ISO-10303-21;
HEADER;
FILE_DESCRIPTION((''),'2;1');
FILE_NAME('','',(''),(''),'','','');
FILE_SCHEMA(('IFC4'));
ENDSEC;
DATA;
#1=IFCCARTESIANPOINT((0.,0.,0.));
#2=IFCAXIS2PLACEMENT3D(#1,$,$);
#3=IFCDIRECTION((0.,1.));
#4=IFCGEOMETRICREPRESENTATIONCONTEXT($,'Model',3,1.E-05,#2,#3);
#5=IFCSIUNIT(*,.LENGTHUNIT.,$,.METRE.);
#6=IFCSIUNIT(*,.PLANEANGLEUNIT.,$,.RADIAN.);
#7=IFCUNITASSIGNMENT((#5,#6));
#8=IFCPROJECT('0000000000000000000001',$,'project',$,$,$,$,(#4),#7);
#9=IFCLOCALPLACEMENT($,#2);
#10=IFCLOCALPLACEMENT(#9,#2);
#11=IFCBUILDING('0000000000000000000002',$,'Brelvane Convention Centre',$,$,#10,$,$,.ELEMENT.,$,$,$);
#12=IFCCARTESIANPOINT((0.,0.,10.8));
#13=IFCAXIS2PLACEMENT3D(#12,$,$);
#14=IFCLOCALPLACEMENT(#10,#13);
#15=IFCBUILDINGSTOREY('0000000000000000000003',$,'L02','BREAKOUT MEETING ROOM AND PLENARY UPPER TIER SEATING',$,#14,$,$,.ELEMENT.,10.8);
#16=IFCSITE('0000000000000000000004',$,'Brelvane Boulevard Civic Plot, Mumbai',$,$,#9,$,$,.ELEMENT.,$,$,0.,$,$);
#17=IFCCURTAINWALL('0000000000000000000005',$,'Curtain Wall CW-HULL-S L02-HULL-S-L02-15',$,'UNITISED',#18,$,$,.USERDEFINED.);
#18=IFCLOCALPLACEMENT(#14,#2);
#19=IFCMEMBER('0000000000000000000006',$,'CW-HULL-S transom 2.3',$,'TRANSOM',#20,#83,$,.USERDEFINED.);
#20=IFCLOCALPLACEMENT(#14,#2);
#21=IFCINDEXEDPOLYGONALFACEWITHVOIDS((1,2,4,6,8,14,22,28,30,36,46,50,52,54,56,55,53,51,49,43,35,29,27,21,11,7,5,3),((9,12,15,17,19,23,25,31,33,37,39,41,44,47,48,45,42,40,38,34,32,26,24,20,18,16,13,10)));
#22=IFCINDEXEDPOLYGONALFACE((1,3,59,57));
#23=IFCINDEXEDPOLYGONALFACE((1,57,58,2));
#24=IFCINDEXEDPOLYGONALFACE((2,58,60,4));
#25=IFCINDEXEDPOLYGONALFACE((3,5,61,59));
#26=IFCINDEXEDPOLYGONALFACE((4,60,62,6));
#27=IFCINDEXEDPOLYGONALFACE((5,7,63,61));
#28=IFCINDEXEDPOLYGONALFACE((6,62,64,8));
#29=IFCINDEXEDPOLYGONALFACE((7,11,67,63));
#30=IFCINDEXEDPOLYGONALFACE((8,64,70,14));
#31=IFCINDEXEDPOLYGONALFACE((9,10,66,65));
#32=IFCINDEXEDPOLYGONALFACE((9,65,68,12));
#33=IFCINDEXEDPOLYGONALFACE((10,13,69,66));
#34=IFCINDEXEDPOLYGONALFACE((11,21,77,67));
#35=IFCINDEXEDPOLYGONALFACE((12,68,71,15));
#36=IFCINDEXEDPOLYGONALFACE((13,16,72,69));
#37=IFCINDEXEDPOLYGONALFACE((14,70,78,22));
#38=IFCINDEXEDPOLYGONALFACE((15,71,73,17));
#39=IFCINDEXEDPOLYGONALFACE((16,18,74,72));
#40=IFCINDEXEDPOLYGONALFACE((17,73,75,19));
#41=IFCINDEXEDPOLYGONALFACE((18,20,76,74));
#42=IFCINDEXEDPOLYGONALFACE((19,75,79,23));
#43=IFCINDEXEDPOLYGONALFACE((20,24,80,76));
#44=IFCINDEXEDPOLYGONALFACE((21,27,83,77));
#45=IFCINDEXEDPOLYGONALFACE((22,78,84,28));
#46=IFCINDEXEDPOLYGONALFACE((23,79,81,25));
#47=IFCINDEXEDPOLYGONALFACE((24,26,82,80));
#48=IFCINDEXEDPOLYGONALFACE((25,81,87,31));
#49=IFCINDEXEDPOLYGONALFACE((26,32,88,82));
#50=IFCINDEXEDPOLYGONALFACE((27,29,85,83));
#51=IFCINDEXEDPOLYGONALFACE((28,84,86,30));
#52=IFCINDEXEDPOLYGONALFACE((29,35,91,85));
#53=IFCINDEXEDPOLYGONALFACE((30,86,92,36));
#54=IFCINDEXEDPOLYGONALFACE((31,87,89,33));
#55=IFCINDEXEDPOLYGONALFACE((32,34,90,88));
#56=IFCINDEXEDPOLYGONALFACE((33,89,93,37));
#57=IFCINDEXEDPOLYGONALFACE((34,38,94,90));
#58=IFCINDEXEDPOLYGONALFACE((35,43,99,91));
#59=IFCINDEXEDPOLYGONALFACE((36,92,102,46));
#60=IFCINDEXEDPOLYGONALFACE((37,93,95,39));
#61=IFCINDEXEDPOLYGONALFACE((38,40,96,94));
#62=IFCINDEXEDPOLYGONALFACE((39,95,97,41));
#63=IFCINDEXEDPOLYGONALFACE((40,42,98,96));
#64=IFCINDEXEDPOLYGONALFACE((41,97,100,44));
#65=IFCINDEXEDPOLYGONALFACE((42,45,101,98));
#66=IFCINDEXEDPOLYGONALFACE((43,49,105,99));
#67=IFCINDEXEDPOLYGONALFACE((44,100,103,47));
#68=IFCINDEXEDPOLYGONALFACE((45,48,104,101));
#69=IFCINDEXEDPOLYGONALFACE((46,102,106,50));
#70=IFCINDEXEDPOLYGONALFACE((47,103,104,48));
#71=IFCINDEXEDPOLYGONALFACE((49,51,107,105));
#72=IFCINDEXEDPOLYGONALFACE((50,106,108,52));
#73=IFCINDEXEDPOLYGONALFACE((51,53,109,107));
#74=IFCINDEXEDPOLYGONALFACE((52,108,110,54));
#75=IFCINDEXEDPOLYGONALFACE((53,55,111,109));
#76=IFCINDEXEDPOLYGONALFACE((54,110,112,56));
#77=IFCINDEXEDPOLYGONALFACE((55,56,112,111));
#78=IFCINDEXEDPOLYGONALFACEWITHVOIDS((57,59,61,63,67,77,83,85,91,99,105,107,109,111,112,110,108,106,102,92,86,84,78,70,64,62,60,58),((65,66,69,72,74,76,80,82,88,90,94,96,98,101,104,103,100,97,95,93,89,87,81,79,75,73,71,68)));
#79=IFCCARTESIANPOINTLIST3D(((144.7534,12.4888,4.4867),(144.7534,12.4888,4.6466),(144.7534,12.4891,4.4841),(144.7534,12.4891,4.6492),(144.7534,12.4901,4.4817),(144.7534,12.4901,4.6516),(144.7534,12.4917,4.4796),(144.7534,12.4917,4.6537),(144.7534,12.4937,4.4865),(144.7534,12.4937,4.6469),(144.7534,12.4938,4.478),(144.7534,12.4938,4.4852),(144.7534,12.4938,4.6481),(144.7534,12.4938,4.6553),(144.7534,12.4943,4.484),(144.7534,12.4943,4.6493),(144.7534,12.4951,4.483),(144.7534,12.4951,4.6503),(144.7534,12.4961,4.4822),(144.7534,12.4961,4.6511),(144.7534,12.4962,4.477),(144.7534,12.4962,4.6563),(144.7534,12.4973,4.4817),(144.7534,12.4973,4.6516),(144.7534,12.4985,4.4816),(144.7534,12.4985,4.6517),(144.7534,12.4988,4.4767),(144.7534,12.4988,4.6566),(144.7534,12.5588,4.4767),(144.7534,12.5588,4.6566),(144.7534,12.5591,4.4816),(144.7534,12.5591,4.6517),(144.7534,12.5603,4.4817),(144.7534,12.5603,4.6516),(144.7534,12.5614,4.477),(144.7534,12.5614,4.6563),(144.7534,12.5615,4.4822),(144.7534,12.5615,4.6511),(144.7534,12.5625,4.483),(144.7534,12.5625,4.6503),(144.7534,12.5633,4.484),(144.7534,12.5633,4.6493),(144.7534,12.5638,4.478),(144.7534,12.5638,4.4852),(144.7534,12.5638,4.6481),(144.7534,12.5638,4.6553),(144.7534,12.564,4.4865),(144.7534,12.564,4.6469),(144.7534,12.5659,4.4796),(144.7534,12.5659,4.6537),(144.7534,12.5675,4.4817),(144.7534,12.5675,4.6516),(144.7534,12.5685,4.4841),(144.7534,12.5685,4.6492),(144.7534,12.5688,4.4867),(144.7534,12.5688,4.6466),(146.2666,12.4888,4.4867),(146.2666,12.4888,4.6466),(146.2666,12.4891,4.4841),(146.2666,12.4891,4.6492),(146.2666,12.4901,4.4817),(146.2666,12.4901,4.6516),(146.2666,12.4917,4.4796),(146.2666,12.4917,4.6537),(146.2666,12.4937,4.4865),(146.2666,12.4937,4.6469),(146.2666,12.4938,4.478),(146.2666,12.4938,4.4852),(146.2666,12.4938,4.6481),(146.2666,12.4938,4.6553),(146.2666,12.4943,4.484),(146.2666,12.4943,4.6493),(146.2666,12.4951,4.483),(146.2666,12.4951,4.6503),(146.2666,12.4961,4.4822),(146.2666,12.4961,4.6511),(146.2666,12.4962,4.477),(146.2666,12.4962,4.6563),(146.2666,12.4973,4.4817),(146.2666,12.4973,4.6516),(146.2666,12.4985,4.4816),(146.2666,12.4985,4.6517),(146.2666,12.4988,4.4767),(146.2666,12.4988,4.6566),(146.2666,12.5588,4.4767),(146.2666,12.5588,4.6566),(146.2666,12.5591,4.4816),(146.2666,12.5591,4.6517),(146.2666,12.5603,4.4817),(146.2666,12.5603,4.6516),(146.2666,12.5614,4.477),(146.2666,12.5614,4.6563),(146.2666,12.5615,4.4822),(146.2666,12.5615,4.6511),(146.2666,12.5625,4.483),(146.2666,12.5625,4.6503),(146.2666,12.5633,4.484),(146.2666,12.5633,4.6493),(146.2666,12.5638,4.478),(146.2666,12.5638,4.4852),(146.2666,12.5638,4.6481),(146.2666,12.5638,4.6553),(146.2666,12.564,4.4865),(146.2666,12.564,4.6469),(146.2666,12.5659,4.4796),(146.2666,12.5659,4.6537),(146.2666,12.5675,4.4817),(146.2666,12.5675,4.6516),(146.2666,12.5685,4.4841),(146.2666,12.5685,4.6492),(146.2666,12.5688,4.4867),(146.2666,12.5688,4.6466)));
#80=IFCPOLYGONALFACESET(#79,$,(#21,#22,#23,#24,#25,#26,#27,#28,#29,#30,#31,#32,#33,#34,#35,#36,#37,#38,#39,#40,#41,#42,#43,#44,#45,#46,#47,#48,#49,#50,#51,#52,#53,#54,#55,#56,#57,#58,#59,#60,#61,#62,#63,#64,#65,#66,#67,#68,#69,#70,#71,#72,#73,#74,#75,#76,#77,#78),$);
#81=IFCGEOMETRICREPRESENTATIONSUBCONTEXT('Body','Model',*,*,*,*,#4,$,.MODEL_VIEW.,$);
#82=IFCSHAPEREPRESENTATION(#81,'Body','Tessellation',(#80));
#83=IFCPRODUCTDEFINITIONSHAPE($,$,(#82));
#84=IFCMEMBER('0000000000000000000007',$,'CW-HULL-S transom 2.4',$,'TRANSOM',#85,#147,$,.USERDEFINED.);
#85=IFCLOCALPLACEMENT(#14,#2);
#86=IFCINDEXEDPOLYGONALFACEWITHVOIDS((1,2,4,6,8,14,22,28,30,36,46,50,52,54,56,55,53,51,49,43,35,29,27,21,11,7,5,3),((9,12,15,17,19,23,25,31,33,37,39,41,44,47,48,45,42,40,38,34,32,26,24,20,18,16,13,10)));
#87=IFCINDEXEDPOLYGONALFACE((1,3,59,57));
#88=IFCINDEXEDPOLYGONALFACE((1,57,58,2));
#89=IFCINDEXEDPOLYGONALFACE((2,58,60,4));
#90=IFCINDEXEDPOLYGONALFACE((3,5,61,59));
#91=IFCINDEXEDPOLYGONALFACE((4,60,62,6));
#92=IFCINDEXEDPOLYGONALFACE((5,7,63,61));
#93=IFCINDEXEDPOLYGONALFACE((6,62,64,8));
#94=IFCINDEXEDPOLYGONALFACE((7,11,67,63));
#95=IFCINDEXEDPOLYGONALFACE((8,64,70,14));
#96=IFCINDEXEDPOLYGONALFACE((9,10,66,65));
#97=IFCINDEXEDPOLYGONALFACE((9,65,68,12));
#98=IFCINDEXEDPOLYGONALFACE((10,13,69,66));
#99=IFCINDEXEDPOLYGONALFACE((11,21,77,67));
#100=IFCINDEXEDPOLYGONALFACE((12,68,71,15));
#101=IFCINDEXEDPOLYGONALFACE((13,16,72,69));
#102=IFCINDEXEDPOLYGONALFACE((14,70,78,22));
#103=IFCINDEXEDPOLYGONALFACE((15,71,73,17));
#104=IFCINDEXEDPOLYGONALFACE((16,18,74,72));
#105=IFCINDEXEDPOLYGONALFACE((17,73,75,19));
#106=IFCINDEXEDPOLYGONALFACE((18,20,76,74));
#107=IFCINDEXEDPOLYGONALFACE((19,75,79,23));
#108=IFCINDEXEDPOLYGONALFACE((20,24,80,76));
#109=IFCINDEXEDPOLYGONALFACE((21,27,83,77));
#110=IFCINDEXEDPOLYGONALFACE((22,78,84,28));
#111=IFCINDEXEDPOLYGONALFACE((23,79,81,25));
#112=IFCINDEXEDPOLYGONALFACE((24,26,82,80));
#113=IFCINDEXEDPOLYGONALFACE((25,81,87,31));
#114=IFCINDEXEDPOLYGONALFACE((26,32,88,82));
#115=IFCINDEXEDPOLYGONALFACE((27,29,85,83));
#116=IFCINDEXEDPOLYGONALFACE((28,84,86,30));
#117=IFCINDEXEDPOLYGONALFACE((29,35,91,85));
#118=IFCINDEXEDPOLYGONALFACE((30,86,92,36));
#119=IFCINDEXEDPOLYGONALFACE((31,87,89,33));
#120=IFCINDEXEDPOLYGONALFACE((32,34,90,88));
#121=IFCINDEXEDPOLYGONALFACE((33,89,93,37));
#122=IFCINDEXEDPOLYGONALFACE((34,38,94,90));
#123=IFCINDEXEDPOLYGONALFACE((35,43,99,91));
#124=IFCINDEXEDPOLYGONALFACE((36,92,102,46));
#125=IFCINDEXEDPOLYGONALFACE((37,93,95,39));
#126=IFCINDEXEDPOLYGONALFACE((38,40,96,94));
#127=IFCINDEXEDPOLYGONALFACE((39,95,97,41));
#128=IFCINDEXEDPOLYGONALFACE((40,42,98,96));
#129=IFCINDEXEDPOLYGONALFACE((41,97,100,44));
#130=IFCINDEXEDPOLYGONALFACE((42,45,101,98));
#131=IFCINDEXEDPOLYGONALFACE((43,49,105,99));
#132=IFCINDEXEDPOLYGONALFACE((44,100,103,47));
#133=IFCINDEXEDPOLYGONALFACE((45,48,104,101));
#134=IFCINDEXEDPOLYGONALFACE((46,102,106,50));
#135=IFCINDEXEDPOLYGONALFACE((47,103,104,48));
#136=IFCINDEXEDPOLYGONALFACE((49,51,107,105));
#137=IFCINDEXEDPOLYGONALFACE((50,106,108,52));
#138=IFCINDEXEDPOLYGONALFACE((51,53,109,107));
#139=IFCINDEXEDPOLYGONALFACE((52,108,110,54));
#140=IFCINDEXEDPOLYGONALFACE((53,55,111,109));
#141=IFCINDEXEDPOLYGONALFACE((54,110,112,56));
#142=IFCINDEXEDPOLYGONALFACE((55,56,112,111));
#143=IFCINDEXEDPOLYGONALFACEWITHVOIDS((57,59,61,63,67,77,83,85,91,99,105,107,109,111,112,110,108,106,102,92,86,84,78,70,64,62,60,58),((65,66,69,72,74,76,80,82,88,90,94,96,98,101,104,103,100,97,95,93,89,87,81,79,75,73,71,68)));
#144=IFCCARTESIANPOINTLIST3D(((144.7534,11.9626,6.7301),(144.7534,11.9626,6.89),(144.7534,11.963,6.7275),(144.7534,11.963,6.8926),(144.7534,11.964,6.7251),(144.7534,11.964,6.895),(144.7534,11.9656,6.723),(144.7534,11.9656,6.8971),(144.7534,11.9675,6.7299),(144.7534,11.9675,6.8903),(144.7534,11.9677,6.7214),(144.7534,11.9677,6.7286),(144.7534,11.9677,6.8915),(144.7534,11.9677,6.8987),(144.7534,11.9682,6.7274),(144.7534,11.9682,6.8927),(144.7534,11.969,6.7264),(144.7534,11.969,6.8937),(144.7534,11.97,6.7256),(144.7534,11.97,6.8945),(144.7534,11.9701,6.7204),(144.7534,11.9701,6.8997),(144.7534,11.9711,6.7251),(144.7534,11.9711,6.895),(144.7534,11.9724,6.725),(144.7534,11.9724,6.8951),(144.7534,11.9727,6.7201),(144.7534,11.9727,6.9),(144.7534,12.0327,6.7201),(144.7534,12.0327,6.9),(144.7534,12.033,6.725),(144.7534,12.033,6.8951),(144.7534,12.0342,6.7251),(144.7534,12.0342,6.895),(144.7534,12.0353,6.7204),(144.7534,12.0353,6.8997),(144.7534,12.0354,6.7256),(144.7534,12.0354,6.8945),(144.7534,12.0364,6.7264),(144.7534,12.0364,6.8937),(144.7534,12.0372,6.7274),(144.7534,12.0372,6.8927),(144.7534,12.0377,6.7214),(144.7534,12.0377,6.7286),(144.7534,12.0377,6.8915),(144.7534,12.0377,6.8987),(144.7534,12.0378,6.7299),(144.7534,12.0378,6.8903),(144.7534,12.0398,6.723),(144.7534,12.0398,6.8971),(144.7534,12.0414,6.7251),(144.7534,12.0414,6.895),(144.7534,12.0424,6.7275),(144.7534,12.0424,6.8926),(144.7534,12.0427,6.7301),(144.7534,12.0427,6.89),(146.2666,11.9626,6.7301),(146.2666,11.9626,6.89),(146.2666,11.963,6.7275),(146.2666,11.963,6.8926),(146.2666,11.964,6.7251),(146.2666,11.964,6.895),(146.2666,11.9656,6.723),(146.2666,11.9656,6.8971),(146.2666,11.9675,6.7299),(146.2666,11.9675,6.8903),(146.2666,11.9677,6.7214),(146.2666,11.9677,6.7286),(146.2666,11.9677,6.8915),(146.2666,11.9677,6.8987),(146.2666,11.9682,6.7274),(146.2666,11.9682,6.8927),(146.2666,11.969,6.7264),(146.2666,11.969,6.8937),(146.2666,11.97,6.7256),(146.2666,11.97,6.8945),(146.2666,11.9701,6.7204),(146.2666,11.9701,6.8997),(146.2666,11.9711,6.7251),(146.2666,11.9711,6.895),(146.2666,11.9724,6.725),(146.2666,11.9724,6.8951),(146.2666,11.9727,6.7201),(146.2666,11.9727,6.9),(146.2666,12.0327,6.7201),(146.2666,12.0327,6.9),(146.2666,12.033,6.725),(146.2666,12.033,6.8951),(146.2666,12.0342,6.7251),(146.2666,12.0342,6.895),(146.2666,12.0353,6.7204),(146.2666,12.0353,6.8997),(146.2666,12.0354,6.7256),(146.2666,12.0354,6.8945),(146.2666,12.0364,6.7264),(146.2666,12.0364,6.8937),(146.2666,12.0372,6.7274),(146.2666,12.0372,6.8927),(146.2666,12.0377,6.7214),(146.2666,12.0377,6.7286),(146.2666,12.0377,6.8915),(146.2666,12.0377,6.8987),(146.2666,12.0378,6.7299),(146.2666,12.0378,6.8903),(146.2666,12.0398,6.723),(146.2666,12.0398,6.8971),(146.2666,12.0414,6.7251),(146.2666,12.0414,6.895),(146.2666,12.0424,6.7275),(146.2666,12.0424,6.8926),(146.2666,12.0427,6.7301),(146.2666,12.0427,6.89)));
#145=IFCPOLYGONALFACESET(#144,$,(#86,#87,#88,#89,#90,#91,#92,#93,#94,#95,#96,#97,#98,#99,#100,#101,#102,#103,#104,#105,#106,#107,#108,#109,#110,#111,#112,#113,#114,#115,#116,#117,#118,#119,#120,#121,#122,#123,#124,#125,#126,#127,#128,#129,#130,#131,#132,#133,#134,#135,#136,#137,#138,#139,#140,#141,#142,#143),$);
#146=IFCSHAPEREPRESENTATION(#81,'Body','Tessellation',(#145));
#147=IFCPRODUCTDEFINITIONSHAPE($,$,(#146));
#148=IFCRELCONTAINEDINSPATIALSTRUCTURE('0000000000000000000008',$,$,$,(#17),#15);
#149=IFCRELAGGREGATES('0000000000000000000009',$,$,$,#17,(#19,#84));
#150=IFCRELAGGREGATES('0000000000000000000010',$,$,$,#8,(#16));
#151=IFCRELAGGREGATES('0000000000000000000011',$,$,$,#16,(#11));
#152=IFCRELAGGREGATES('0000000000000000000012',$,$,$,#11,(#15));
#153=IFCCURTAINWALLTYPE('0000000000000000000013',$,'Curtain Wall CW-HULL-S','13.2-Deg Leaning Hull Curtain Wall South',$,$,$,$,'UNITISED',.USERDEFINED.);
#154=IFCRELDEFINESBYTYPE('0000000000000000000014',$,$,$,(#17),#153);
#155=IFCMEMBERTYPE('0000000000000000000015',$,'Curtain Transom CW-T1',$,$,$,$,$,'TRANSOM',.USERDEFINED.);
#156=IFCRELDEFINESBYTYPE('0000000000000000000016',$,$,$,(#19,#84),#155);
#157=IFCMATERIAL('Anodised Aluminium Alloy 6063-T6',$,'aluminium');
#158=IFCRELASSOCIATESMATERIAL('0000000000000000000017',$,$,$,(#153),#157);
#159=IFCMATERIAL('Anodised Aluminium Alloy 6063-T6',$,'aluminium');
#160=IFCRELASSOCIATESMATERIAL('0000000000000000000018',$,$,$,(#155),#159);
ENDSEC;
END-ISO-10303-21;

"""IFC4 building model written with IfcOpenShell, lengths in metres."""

from ifc_helpers import new_model, si_unit, direction, frame, origin, origin_2d, place, context, subcontext, project, spatial, hollow_rectangle, extrude, material, material_profile, profile_set, type_object, element, aggregate, save


model = new_model("IFC4")

# Units and contexts
model_context = context("Model", 3, precision=1e-05, world=origin(), true_north=direction((0.0, 1.0)))
body_context = subcontext(model_context, "Body", "Model", "MODEL_VIEW")
ifc_project = project(units=[si_unit("LENGTHUNIT", "METRE"), si_unit("PLANEANGLEUNIT", "RADIAN")], contexts=[model_context])

# Site, building, storey
site_placement = place(None, origin())
site = spatial("IfcSite", under=ifc_project, at=site_placement, Name="Brelvane Boulevard Civic Plot, Mumbai", CompositionType="ELEMENT", RefElevation=0.0)
building_placement = place(site_placement, origin())
building = spatial("IfcBuilding", under=site, at=building_placement, Name="Brelvane Convention Centre", CompositionType="ELEMENT")
storey_placement = place(building_placement, frame((0.0, 0.0, 10.8)))
storey = spatial("IfcBuildingStorey", under=building, at=storey_placement, Name="L02", Description="BREAKOUT MEETING ROOM AND PLENARY UPPER TIER SEATING", CompositionType="ELEMENT", Elevation=10.8)

# Curtain wall, members
ifc_material_1 = material(Name="Anodised Aluminium Alloy 6063-T6", Category="aluminium")
curtain_wall_type = type_object("IfcCurtainWallType", Name="Curtain Wall CW-HULL-S", Description="13.2-Deg Leaning Hull Curtain Wall South", ElementType="UNITISED", PredefinedType="USERDEFINED", material=ifc_material_1)
ifc_material_2 = material(Name="Anodised Aluminium Alloy 6063-T6", Category="aluminium")
ifc_material_profile = material_profile(ifc_material_2, hollow_rectangle(XDim=0.0801, YDim=0.1799, WallThickness=0.0049, InnerFilletRadius=0.0049, OuterFilletRadius=0.01, at=origin_2d()), Name="ALU-T 180x80x5.0")
ifc_profile_set = profile_set([ifc_material_profile], Name="Anodised Aluminium Alloy 6063-T6")
member_type = type_object("IfcMemberType", Name="Curtain Transom CW-T1", ElementType="TRANSOM", PredefinedType="USERDEFINED", material=ifc_profile_set)
curtain_wall_1_placement = place(storey_placement, origin())
curtain_wall_1 = element("IfcCurtainWall", 1, at=curtain_wall_1_placement, inside=storey, type_object=curtain_wall_type, Name="Curtain Wall CW-HULL-S L02-HULL-S-L02-15", ObjectType="UNITISED", PredefinedType="USERDEFINED")
member_1_placement = place(storey_placement, frame((144.7534, 12.5288, 4.5667), z_axis=(1.0, 0.0, 0.0), x_axis=(0.0, 1.0, 0.0)))
member_1 = element("IfcMember", 2, at=member_1_placement, type_object=member_type, Name="CW-HULL-S transom 2.3", ObjectType="TRANSOM", PredefinedType="USERDEFINED", context=body_context, shape_type="SweptSolid", body=[
    extrude(hollow_rectangle(XDim=0.0801, YDim=0.1799, WallThickness=0.0049, InnerFilletRadius=0.0049, OuterFilletRadius=0.01, at=origin_2d()), origin(), (0.0, 0.0, 1.0), 1.5132),
])
member_2_placement = place(storey_placement, frame((144.7534, 12.0027, 6.8101), z_axis=(1.0, 0.0, 0.0), x_axis=(0.0, 1.0, 0.0)))
member_2 = element("IfcMember", 3, at=member_2_placement, type_object=member_type, Name="CW-HULL-S transom 2.4", ObjectType="TRANSOM", PredefinedType="USERDEFINED", context=body_context, shape_type="SweptSolid", body=[
    extrude(hollow_rectangle(XDim=0.0801, YDim=0.1799, WallThickness=0.0049, InnerFilletRadius=0.0049, OuterFilletRadius=0.01, at=origin_2d()), origin(), (0.0, 0.0, 1.0), 1.5132),
])

aggregate(curtain_wall_1, [member_1, member_2])

save(model, "model.ifc")
